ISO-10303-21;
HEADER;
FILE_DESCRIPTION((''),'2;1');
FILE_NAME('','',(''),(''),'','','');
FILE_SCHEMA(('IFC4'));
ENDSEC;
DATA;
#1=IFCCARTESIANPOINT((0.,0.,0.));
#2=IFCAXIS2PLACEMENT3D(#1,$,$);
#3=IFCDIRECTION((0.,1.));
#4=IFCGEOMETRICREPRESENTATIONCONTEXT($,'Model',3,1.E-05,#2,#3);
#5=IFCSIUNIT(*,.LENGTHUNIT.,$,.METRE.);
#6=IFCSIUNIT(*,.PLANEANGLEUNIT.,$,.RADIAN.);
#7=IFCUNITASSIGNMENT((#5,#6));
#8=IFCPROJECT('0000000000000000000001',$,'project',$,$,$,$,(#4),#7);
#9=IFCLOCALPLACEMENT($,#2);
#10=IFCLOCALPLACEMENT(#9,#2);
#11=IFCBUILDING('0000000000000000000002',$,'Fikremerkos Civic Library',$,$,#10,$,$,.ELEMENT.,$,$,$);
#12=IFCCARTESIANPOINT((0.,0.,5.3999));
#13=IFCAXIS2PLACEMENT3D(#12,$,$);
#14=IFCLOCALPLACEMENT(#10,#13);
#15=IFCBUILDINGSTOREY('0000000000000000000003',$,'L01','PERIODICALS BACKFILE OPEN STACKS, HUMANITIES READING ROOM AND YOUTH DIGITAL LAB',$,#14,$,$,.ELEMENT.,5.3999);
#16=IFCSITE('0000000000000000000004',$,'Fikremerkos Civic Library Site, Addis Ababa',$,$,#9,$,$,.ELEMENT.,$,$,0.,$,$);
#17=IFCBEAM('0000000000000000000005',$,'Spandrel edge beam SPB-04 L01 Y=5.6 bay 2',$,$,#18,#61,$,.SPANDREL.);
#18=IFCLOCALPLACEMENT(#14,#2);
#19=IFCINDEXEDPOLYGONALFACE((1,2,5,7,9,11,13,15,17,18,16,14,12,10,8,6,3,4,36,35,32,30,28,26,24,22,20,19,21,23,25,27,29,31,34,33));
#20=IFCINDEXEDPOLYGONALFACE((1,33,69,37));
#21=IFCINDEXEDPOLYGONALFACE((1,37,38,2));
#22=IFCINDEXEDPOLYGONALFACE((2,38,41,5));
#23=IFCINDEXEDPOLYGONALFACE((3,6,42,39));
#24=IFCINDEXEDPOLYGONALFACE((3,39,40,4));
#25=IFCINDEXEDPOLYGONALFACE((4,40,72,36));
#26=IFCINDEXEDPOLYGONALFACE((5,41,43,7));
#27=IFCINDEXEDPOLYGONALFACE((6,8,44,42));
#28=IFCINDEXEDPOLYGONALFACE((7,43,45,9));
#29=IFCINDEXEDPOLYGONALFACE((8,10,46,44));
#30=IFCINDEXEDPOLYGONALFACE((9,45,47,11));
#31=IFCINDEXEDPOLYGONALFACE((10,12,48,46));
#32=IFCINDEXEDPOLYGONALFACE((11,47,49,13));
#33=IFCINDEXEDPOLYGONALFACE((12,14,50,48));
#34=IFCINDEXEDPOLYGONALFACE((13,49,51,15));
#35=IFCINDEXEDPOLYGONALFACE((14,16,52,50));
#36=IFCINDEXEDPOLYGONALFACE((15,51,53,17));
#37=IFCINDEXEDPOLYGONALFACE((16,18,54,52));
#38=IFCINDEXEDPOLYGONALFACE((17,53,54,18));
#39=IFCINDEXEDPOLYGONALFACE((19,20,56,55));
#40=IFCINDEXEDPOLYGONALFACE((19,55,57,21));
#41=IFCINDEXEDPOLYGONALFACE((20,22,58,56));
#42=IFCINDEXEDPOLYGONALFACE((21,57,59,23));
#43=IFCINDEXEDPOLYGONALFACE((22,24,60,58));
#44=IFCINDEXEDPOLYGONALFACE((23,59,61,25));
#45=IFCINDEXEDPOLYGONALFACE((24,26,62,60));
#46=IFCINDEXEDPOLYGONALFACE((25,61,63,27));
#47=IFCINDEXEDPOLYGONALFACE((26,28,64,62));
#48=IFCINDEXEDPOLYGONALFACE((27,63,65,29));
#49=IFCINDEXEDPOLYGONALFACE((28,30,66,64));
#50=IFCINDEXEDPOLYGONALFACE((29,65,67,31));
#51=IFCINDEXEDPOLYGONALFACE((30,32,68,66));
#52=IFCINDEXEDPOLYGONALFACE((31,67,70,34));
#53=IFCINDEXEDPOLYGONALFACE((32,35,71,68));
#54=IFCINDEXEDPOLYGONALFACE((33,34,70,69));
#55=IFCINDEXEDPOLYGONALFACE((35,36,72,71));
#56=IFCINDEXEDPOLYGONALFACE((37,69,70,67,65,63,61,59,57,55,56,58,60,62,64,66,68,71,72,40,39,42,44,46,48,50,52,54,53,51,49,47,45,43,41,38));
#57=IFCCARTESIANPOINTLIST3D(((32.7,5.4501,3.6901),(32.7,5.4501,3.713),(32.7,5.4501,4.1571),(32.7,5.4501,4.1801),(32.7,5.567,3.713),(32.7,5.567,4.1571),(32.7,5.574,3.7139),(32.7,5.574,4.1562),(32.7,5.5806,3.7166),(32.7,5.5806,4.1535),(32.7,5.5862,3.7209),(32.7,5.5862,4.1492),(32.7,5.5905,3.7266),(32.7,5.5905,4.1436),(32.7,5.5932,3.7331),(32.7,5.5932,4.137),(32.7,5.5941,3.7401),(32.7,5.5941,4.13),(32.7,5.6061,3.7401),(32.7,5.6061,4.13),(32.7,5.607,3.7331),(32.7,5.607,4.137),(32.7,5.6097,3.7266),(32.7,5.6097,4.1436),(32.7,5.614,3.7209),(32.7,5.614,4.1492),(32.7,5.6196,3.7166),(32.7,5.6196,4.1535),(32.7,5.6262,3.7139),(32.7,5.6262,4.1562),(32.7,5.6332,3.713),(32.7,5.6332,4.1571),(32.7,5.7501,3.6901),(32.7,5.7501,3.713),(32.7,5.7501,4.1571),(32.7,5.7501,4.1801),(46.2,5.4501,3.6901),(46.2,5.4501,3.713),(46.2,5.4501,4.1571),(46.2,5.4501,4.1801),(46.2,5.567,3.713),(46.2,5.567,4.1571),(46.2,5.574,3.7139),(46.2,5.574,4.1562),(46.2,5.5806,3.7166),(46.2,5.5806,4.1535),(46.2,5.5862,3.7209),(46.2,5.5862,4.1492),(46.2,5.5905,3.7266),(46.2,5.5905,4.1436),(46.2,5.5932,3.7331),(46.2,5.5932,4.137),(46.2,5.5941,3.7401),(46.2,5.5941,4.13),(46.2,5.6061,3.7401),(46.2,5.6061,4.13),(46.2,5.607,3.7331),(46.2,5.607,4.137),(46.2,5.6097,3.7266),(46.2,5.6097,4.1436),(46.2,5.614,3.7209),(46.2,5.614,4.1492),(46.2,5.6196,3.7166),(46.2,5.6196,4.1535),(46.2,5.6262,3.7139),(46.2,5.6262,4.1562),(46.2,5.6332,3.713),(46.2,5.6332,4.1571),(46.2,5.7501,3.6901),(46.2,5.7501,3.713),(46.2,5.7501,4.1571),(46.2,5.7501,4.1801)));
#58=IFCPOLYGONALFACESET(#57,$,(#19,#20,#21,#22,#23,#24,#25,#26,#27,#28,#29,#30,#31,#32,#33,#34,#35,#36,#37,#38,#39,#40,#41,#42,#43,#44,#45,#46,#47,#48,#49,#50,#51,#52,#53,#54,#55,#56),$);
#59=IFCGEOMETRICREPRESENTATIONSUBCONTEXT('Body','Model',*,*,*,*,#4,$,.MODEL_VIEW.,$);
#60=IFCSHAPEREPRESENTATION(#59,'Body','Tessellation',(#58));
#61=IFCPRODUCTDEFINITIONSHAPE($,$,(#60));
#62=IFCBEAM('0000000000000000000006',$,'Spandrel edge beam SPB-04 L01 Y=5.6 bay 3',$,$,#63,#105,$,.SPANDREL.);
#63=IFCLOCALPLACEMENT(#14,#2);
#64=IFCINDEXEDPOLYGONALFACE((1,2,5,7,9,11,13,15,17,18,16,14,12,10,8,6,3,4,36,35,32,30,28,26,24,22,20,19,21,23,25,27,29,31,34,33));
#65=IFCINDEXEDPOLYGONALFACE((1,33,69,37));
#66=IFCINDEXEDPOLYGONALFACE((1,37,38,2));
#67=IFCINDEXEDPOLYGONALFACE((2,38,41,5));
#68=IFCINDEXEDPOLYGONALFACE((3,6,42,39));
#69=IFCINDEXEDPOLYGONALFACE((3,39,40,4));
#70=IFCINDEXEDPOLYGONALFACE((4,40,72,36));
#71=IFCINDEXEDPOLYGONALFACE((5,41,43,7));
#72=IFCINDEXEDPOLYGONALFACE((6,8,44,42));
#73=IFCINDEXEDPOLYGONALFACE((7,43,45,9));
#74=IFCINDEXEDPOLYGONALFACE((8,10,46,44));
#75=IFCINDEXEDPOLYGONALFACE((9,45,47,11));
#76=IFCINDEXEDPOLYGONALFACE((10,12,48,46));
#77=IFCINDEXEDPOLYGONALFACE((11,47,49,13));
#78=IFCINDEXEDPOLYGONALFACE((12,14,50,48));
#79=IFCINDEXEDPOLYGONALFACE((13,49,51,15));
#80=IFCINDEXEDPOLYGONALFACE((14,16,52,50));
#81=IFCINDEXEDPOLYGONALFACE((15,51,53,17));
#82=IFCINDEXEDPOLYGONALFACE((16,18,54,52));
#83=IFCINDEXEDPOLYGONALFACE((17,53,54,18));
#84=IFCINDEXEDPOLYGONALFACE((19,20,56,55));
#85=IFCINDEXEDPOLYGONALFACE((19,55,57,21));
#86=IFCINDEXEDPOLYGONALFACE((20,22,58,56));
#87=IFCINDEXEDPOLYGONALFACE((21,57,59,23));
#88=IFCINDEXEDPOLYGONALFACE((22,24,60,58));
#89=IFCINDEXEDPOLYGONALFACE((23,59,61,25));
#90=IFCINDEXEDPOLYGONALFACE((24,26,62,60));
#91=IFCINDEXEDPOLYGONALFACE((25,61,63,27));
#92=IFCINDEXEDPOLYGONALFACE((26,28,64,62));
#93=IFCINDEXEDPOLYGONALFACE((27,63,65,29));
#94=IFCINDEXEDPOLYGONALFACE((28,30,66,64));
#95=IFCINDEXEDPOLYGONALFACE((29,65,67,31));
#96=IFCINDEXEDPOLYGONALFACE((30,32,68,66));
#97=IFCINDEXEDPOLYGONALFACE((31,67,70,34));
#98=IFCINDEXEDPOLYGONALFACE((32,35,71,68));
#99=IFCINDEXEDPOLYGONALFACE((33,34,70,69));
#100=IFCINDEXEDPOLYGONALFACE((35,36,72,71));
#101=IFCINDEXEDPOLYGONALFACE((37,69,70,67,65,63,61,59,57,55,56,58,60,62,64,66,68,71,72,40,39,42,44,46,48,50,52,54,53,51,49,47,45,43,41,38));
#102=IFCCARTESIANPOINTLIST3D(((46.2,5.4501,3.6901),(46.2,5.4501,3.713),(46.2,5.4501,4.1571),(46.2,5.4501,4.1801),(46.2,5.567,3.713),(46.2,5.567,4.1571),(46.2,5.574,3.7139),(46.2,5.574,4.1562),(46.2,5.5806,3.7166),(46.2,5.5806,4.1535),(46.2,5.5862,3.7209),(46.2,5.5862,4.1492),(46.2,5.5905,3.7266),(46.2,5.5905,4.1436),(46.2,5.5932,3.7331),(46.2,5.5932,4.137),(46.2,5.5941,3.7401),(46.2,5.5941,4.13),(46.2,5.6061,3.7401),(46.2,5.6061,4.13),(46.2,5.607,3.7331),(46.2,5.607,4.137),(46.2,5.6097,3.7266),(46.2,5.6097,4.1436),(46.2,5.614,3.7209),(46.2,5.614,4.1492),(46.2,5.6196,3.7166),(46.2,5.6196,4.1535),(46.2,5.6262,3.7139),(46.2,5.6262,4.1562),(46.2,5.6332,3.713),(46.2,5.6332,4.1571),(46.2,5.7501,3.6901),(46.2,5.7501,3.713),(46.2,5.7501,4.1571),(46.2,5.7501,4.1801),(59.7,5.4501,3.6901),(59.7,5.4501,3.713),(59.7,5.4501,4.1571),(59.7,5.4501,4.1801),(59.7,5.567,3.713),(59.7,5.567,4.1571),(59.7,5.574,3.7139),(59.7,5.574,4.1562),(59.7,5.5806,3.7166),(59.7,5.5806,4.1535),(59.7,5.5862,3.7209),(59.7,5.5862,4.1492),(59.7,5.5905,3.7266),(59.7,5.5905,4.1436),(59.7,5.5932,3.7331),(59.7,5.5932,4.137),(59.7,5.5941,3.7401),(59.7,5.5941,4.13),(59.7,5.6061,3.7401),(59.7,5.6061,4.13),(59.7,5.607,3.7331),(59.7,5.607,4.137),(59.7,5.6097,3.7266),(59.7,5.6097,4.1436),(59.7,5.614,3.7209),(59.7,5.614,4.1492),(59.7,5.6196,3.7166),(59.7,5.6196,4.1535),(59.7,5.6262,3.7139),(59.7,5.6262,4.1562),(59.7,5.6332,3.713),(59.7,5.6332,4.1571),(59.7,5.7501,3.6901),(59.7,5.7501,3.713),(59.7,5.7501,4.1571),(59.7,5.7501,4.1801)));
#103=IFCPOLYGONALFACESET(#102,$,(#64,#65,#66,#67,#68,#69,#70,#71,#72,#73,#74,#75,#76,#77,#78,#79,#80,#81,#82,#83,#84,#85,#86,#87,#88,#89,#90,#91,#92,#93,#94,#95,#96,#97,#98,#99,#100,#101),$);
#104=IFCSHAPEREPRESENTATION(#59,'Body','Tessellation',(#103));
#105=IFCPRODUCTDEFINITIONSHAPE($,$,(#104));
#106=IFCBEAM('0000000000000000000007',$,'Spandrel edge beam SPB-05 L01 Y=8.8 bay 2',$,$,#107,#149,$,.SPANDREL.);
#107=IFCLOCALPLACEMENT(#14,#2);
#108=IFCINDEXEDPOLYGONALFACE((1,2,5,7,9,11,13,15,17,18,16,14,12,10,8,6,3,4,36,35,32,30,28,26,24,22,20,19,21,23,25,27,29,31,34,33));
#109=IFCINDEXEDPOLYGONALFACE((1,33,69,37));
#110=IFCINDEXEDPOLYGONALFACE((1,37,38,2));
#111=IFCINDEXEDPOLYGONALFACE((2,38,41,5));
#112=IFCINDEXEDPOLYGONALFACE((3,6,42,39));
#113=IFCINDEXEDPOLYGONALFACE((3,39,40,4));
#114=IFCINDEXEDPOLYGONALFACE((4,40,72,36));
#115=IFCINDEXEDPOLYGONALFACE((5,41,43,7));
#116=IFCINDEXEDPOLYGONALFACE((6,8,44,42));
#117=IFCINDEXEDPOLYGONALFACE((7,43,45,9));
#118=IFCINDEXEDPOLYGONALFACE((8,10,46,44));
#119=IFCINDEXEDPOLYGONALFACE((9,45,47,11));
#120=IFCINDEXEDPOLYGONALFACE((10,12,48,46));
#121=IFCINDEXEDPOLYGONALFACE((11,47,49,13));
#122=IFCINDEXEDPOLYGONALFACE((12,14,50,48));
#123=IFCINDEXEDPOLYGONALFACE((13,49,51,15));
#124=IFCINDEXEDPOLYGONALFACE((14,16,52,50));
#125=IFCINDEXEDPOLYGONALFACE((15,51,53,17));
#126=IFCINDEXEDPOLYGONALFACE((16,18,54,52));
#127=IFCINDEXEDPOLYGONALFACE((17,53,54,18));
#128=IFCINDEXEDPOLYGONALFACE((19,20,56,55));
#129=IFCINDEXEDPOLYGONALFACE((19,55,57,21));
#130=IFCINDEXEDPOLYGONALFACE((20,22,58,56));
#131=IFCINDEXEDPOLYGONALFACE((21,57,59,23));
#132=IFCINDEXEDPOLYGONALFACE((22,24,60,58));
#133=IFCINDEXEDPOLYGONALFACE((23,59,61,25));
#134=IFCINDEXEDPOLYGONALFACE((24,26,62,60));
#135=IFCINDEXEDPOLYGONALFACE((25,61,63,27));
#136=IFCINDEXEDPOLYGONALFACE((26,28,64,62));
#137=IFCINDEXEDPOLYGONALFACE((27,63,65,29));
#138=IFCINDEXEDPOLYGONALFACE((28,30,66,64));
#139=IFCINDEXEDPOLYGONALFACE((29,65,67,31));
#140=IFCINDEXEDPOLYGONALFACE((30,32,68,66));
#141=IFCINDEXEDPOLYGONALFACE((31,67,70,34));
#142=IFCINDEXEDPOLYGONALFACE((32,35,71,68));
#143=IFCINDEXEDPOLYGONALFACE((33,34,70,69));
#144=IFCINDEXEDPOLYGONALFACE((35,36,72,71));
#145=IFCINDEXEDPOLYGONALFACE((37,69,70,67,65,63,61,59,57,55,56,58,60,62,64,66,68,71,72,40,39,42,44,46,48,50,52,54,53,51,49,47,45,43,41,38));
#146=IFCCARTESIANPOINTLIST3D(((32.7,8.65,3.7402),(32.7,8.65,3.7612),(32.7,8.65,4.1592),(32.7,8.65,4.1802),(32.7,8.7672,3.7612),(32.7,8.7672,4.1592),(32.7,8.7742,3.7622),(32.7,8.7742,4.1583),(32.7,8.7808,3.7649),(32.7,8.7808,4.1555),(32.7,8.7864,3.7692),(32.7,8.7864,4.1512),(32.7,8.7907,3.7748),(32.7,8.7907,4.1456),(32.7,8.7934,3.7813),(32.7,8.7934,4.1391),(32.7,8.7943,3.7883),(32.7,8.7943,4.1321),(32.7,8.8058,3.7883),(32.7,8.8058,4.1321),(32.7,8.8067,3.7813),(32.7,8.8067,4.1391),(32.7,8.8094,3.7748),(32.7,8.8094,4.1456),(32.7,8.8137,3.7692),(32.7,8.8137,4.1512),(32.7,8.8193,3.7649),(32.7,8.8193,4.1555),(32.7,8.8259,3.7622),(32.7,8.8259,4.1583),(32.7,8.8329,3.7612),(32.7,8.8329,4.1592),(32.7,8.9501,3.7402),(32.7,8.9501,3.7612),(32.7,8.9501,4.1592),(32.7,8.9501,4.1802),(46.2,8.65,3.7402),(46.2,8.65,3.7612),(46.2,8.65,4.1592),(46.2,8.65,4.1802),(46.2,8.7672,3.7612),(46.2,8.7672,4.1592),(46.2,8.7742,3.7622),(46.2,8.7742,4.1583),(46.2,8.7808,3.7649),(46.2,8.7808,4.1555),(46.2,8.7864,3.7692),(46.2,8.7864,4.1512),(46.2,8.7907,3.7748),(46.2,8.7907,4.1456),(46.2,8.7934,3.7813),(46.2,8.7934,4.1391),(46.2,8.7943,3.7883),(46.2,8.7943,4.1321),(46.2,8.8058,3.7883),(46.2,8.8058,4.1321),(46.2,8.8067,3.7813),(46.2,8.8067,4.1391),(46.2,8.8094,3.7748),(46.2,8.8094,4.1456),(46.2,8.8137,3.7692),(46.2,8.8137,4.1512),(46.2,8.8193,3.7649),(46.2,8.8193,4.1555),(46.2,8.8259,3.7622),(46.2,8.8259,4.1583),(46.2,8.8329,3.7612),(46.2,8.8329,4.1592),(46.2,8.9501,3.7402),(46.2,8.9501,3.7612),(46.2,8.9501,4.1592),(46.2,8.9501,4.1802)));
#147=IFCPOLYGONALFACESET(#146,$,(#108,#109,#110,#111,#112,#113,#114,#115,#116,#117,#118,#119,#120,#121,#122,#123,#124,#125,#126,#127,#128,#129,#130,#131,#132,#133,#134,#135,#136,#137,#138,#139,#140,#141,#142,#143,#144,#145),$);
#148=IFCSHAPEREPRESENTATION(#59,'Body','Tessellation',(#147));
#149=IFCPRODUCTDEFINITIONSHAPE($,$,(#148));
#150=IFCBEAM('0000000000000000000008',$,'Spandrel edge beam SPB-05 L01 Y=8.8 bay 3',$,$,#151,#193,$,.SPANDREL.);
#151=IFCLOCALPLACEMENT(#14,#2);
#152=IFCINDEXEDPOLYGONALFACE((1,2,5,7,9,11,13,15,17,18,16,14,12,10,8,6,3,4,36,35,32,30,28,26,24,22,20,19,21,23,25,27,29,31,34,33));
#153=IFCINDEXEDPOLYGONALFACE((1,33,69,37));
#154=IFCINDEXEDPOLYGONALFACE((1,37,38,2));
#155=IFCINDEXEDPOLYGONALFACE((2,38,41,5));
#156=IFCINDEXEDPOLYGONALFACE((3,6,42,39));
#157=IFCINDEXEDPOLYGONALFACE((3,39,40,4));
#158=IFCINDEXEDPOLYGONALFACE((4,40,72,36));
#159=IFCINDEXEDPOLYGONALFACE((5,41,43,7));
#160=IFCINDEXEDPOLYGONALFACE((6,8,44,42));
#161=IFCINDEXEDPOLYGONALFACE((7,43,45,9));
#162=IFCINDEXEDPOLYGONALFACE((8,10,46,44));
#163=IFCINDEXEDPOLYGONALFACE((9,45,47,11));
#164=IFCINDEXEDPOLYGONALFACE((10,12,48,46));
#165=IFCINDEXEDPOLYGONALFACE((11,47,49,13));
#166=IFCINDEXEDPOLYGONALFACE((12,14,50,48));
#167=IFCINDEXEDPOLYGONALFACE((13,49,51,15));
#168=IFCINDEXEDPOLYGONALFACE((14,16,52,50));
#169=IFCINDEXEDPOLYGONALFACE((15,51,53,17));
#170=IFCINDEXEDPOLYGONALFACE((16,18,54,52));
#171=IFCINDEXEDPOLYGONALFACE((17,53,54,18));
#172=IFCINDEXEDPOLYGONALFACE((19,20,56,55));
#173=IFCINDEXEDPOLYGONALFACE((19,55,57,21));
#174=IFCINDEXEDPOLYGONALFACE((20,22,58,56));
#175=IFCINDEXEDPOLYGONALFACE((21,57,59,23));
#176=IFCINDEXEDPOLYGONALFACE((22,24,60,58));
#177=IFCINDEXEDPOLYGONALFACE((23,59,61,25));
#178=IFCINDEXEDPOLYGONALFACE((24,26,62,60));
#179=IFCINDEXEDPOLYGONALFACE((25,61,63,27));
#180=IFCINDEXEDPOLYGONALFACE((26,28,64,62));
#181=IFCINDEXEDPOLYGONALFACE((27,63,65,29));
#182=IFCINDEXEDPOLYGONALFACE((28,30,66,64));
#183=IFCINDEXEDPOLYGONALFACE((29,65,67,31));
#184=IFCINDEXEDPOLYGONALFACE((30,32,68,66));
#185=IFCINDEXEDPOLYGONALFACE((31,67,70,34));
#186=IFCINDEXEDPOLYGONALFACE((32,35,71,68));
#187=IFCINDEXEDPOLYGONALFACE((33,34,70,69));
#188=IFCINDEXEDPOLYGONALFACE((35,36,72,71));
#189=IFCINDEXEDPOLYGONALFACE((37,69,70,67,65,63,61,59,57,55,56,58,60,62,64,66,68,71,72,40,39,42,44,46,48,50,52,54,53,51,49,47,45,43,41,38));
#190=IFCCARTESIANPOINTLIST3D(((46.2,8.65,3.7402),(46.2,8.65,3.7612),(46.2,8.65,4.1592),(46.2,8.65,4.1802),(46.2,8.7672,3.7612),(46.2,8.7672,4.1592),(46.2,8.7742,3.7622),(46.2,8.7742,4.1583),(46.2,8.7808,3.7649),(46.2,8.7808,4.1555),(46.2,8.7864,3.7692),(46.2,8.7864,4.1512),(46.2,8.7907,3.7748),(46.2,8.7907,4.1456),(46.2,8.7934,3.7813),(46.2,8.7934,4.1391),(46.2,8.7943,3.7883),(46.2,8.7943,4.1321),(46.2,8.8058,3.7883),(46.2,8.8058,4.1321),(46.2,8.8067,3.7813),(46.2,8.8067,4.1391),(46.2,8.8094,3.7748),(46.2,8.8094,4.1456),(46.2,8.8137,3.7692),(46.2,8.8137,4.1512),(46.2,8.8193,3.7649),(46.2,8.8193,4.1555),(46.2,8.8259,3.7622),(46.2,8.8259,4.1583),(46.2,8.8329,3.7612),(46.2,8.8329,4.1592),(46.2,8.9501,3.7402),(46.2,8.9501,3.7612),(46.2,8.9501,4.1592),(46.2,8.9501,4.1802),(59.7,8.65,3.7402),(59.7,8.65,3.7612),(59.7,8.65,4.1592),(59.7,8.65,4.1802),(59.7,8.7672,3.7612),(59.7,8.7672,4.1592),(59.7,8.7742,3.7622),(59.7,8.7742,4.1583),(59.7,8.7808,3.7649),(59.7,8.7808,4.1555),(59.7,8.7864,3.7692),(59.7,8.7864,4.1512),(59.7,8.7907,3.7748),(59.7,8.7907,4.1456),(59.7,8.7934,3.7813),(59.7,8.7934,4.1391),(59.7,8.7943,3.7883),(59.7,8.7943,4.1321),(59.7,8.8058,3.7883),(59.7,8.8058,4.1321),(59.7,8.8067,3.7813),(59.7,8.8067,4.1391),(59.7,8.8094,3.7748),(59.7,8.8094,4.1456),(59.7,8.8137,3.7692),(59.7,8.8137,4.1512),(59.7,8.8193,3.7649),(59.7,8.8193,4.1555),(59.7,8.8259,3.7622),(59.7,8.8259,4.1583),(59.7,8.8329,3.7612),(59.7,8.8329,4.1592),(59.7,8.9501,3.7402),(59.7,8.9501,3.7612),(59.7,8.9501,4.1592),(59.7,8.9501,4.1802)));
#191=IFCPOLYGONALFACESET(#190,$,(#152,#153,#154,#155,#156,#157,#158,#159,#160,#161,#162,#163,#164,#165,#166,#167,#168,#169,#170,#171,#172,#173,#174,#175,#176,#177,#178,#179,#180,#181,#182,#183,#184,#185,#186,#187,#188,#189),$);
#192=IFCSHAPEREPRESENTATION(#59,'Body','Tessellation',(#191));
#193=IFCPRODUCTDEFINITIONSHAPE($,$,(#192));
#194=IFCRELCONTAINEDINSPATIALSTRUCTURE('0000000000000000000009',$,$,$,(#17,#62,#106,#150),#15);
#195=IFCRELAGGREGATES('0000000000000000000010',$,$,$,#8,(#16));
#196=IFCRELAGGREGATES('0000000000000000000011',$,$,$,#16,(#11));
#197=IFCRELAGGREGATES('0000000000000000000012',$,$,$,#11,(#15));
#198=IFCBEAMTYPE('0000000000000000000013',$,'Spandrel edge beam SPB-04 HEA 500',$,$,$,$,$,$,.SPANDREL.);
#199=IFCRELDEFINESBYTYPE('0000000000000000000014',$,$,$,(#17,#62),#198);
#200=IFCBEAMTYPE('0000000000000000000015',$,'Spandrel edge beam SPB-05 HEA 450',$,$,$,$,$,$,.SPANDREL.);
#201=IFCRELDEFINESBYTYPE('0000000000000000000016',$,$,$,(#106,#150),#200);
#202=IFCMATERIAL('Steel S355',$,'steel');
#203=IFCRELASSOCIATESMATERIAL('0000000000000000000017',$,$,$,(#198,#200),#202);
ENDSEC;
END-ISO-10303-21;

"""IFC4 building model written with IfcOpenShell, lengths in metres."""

from ifc_helpers import new_model, si_unit, direction, frame, origin, origin_2d, place, context, subcontext, project, spatial, i_section, extrude, material, material_profile, profile_set, type_object, element, save


model = new_model("IFC4")

# Units and contexts
model_context = context("Model", 3, precision=1e-05, world=origin(), true_north=direction((0.0, 1.0)))
body_context = subcontext(model_context, "Body", "Model", "MODEL_VIEW")
ifc_project = project(units=[si_unit("LENGTHUNIT", "METRE"), si_unit("PLANEANGLEUNIT", "RADIAN")], contexts=[model_context])

# Site, building, storey
site_placement = place(None, origin())
site = spatial("IfcSite", under=ifc_project, at=site_placement, Name="Fikremerkos Civic Library Site, Addis Ababa", CompositionType="ELEMENT", RefElevation=0.0)
building_placement = place(site_placement, origin())
building = spatial("IfcBuilding", under=site, at=building_placement, Name="Fikremerkos Civic Library", CompositionType="ELEMENT")
storey_placement = place(building_placement, frame((0.0, 0.0, 5.3999)))
storey = spatial("IfcBuildingStorey", under=building, at=storey_placement, Name="L01", Description="PERIODICALS BACKFILE OPEN STACKS, HUMANITIES READING ROOM AND YOUTH DIGITAL LAB", CompositionType="ELEMENT", Elevation=5.3999)

# Shared definitions
ifc_material_1 = material(Name="Steel S355", Category="steel")

# Beams
ifc_material_profile_1 = material_profile(ifc_material_1, i_section(OverallWidth=0.3, OverallDepth=0.49, WebThickness=0.012, FlangeThickness=0.0229, FilletRadius=0.0271, at=origin_2d()), Name="HEA 500")
ifc_profile_set_1 = profile_set([ifc_material_profile_1], Name="Steel S355")
beam_type_1 = type_object("IfcBeamType", Name="Spandrel edge beam SPB-04 HEA 500", PredefinedType="SPANDREL", material=ifc_profile_set_1)
for number, where, z_axis, x_axis, name in (
    (1, (32.7, 5.6001, 3.9351), (1.0, 0.0, 0.0), (0.0, 1.0, 0.0), "Spandrel edge beam SPB-04 L01 Y=5.6 bay 2"),
    (2, (46.2, 5.6001, 3.9351), (1.0, 0.0, 0.0), (0.0, 1.0, 0.0), "Spandrel edge beam SPB-04 L01 Y=5.6 bay 3"),
):
    element("IfcBeam", number, at=place(storey_placement, frame(where, z_axis=z_axis, x_axis=x_axis)), inside=storey, type_object=beam_type_1, Name=name, PredefinedType="SPANDREL", context=body_context, shape_type="SweptSolid", body=[
        extrude(i_section(OverallWidth=0.3, OverallDepth=0.49, WebThickness=0.012, FlangeThickness=0.0229, FilletRadius=0.0271, at=origin_2d()), origin(), (0.0, 0.0, 1.0), 13.5),
    ])
ifc_material_profile_2 = material_profile(ifc_material_1, i_section(OverallWidth=0.3, OverallDepth=0.4399, WebThickness=0.0115, FlangeThickness=0.021, FilletRadius=0.0271, at=origin_2d()), Name="HEA 450")
ifc_profile_set_2 = profile_set([ifc_material_profile_2], Name="Steel S355")
beam_type_2 = type_object("IfcBeamType", Name="Spandrel edge beam SPB-05 HEA 450", PredefinedType="SPANDREL", material=ifc_profile_set_2)
for number, where, z_axis, x_axis, name in (
    (3, (32.7, 8.8, 3.9602), (1.0, 0.0, 0.0), (0.0, 1.0, 0.0), "Spandrel edge beam SPB-05 L01 Y=8.8 bay 2"),
    (4, (46.2, 8.8, 3.9602), (1.0, 0.0, 0.0), (0.0, 1.0, 0.0), "Spandrel edge beam SPB-05 L01 Y=8.8 bay 3"),
):
    element("IfcBeam", number, at=place(storey_placement, frame(where, z_axis=z_axis, x_axis=x_axis)), inside=storey, type_object=beam_type_2, Name=name, PredefinedType="SPANDREL", context=body_context, shape_type="SweptSolid", body=[
        extrude(i_section(OverallWidth=0.3, OverallDepth=0.4399, WebThickness=0.0115, FlangeThickness=0.021, FilletRadius=0.0271, at=origin_2d()), origin(), (0.0, 0.0, 1.0), 13.5),
    ])

save(model, "model.ifc")
